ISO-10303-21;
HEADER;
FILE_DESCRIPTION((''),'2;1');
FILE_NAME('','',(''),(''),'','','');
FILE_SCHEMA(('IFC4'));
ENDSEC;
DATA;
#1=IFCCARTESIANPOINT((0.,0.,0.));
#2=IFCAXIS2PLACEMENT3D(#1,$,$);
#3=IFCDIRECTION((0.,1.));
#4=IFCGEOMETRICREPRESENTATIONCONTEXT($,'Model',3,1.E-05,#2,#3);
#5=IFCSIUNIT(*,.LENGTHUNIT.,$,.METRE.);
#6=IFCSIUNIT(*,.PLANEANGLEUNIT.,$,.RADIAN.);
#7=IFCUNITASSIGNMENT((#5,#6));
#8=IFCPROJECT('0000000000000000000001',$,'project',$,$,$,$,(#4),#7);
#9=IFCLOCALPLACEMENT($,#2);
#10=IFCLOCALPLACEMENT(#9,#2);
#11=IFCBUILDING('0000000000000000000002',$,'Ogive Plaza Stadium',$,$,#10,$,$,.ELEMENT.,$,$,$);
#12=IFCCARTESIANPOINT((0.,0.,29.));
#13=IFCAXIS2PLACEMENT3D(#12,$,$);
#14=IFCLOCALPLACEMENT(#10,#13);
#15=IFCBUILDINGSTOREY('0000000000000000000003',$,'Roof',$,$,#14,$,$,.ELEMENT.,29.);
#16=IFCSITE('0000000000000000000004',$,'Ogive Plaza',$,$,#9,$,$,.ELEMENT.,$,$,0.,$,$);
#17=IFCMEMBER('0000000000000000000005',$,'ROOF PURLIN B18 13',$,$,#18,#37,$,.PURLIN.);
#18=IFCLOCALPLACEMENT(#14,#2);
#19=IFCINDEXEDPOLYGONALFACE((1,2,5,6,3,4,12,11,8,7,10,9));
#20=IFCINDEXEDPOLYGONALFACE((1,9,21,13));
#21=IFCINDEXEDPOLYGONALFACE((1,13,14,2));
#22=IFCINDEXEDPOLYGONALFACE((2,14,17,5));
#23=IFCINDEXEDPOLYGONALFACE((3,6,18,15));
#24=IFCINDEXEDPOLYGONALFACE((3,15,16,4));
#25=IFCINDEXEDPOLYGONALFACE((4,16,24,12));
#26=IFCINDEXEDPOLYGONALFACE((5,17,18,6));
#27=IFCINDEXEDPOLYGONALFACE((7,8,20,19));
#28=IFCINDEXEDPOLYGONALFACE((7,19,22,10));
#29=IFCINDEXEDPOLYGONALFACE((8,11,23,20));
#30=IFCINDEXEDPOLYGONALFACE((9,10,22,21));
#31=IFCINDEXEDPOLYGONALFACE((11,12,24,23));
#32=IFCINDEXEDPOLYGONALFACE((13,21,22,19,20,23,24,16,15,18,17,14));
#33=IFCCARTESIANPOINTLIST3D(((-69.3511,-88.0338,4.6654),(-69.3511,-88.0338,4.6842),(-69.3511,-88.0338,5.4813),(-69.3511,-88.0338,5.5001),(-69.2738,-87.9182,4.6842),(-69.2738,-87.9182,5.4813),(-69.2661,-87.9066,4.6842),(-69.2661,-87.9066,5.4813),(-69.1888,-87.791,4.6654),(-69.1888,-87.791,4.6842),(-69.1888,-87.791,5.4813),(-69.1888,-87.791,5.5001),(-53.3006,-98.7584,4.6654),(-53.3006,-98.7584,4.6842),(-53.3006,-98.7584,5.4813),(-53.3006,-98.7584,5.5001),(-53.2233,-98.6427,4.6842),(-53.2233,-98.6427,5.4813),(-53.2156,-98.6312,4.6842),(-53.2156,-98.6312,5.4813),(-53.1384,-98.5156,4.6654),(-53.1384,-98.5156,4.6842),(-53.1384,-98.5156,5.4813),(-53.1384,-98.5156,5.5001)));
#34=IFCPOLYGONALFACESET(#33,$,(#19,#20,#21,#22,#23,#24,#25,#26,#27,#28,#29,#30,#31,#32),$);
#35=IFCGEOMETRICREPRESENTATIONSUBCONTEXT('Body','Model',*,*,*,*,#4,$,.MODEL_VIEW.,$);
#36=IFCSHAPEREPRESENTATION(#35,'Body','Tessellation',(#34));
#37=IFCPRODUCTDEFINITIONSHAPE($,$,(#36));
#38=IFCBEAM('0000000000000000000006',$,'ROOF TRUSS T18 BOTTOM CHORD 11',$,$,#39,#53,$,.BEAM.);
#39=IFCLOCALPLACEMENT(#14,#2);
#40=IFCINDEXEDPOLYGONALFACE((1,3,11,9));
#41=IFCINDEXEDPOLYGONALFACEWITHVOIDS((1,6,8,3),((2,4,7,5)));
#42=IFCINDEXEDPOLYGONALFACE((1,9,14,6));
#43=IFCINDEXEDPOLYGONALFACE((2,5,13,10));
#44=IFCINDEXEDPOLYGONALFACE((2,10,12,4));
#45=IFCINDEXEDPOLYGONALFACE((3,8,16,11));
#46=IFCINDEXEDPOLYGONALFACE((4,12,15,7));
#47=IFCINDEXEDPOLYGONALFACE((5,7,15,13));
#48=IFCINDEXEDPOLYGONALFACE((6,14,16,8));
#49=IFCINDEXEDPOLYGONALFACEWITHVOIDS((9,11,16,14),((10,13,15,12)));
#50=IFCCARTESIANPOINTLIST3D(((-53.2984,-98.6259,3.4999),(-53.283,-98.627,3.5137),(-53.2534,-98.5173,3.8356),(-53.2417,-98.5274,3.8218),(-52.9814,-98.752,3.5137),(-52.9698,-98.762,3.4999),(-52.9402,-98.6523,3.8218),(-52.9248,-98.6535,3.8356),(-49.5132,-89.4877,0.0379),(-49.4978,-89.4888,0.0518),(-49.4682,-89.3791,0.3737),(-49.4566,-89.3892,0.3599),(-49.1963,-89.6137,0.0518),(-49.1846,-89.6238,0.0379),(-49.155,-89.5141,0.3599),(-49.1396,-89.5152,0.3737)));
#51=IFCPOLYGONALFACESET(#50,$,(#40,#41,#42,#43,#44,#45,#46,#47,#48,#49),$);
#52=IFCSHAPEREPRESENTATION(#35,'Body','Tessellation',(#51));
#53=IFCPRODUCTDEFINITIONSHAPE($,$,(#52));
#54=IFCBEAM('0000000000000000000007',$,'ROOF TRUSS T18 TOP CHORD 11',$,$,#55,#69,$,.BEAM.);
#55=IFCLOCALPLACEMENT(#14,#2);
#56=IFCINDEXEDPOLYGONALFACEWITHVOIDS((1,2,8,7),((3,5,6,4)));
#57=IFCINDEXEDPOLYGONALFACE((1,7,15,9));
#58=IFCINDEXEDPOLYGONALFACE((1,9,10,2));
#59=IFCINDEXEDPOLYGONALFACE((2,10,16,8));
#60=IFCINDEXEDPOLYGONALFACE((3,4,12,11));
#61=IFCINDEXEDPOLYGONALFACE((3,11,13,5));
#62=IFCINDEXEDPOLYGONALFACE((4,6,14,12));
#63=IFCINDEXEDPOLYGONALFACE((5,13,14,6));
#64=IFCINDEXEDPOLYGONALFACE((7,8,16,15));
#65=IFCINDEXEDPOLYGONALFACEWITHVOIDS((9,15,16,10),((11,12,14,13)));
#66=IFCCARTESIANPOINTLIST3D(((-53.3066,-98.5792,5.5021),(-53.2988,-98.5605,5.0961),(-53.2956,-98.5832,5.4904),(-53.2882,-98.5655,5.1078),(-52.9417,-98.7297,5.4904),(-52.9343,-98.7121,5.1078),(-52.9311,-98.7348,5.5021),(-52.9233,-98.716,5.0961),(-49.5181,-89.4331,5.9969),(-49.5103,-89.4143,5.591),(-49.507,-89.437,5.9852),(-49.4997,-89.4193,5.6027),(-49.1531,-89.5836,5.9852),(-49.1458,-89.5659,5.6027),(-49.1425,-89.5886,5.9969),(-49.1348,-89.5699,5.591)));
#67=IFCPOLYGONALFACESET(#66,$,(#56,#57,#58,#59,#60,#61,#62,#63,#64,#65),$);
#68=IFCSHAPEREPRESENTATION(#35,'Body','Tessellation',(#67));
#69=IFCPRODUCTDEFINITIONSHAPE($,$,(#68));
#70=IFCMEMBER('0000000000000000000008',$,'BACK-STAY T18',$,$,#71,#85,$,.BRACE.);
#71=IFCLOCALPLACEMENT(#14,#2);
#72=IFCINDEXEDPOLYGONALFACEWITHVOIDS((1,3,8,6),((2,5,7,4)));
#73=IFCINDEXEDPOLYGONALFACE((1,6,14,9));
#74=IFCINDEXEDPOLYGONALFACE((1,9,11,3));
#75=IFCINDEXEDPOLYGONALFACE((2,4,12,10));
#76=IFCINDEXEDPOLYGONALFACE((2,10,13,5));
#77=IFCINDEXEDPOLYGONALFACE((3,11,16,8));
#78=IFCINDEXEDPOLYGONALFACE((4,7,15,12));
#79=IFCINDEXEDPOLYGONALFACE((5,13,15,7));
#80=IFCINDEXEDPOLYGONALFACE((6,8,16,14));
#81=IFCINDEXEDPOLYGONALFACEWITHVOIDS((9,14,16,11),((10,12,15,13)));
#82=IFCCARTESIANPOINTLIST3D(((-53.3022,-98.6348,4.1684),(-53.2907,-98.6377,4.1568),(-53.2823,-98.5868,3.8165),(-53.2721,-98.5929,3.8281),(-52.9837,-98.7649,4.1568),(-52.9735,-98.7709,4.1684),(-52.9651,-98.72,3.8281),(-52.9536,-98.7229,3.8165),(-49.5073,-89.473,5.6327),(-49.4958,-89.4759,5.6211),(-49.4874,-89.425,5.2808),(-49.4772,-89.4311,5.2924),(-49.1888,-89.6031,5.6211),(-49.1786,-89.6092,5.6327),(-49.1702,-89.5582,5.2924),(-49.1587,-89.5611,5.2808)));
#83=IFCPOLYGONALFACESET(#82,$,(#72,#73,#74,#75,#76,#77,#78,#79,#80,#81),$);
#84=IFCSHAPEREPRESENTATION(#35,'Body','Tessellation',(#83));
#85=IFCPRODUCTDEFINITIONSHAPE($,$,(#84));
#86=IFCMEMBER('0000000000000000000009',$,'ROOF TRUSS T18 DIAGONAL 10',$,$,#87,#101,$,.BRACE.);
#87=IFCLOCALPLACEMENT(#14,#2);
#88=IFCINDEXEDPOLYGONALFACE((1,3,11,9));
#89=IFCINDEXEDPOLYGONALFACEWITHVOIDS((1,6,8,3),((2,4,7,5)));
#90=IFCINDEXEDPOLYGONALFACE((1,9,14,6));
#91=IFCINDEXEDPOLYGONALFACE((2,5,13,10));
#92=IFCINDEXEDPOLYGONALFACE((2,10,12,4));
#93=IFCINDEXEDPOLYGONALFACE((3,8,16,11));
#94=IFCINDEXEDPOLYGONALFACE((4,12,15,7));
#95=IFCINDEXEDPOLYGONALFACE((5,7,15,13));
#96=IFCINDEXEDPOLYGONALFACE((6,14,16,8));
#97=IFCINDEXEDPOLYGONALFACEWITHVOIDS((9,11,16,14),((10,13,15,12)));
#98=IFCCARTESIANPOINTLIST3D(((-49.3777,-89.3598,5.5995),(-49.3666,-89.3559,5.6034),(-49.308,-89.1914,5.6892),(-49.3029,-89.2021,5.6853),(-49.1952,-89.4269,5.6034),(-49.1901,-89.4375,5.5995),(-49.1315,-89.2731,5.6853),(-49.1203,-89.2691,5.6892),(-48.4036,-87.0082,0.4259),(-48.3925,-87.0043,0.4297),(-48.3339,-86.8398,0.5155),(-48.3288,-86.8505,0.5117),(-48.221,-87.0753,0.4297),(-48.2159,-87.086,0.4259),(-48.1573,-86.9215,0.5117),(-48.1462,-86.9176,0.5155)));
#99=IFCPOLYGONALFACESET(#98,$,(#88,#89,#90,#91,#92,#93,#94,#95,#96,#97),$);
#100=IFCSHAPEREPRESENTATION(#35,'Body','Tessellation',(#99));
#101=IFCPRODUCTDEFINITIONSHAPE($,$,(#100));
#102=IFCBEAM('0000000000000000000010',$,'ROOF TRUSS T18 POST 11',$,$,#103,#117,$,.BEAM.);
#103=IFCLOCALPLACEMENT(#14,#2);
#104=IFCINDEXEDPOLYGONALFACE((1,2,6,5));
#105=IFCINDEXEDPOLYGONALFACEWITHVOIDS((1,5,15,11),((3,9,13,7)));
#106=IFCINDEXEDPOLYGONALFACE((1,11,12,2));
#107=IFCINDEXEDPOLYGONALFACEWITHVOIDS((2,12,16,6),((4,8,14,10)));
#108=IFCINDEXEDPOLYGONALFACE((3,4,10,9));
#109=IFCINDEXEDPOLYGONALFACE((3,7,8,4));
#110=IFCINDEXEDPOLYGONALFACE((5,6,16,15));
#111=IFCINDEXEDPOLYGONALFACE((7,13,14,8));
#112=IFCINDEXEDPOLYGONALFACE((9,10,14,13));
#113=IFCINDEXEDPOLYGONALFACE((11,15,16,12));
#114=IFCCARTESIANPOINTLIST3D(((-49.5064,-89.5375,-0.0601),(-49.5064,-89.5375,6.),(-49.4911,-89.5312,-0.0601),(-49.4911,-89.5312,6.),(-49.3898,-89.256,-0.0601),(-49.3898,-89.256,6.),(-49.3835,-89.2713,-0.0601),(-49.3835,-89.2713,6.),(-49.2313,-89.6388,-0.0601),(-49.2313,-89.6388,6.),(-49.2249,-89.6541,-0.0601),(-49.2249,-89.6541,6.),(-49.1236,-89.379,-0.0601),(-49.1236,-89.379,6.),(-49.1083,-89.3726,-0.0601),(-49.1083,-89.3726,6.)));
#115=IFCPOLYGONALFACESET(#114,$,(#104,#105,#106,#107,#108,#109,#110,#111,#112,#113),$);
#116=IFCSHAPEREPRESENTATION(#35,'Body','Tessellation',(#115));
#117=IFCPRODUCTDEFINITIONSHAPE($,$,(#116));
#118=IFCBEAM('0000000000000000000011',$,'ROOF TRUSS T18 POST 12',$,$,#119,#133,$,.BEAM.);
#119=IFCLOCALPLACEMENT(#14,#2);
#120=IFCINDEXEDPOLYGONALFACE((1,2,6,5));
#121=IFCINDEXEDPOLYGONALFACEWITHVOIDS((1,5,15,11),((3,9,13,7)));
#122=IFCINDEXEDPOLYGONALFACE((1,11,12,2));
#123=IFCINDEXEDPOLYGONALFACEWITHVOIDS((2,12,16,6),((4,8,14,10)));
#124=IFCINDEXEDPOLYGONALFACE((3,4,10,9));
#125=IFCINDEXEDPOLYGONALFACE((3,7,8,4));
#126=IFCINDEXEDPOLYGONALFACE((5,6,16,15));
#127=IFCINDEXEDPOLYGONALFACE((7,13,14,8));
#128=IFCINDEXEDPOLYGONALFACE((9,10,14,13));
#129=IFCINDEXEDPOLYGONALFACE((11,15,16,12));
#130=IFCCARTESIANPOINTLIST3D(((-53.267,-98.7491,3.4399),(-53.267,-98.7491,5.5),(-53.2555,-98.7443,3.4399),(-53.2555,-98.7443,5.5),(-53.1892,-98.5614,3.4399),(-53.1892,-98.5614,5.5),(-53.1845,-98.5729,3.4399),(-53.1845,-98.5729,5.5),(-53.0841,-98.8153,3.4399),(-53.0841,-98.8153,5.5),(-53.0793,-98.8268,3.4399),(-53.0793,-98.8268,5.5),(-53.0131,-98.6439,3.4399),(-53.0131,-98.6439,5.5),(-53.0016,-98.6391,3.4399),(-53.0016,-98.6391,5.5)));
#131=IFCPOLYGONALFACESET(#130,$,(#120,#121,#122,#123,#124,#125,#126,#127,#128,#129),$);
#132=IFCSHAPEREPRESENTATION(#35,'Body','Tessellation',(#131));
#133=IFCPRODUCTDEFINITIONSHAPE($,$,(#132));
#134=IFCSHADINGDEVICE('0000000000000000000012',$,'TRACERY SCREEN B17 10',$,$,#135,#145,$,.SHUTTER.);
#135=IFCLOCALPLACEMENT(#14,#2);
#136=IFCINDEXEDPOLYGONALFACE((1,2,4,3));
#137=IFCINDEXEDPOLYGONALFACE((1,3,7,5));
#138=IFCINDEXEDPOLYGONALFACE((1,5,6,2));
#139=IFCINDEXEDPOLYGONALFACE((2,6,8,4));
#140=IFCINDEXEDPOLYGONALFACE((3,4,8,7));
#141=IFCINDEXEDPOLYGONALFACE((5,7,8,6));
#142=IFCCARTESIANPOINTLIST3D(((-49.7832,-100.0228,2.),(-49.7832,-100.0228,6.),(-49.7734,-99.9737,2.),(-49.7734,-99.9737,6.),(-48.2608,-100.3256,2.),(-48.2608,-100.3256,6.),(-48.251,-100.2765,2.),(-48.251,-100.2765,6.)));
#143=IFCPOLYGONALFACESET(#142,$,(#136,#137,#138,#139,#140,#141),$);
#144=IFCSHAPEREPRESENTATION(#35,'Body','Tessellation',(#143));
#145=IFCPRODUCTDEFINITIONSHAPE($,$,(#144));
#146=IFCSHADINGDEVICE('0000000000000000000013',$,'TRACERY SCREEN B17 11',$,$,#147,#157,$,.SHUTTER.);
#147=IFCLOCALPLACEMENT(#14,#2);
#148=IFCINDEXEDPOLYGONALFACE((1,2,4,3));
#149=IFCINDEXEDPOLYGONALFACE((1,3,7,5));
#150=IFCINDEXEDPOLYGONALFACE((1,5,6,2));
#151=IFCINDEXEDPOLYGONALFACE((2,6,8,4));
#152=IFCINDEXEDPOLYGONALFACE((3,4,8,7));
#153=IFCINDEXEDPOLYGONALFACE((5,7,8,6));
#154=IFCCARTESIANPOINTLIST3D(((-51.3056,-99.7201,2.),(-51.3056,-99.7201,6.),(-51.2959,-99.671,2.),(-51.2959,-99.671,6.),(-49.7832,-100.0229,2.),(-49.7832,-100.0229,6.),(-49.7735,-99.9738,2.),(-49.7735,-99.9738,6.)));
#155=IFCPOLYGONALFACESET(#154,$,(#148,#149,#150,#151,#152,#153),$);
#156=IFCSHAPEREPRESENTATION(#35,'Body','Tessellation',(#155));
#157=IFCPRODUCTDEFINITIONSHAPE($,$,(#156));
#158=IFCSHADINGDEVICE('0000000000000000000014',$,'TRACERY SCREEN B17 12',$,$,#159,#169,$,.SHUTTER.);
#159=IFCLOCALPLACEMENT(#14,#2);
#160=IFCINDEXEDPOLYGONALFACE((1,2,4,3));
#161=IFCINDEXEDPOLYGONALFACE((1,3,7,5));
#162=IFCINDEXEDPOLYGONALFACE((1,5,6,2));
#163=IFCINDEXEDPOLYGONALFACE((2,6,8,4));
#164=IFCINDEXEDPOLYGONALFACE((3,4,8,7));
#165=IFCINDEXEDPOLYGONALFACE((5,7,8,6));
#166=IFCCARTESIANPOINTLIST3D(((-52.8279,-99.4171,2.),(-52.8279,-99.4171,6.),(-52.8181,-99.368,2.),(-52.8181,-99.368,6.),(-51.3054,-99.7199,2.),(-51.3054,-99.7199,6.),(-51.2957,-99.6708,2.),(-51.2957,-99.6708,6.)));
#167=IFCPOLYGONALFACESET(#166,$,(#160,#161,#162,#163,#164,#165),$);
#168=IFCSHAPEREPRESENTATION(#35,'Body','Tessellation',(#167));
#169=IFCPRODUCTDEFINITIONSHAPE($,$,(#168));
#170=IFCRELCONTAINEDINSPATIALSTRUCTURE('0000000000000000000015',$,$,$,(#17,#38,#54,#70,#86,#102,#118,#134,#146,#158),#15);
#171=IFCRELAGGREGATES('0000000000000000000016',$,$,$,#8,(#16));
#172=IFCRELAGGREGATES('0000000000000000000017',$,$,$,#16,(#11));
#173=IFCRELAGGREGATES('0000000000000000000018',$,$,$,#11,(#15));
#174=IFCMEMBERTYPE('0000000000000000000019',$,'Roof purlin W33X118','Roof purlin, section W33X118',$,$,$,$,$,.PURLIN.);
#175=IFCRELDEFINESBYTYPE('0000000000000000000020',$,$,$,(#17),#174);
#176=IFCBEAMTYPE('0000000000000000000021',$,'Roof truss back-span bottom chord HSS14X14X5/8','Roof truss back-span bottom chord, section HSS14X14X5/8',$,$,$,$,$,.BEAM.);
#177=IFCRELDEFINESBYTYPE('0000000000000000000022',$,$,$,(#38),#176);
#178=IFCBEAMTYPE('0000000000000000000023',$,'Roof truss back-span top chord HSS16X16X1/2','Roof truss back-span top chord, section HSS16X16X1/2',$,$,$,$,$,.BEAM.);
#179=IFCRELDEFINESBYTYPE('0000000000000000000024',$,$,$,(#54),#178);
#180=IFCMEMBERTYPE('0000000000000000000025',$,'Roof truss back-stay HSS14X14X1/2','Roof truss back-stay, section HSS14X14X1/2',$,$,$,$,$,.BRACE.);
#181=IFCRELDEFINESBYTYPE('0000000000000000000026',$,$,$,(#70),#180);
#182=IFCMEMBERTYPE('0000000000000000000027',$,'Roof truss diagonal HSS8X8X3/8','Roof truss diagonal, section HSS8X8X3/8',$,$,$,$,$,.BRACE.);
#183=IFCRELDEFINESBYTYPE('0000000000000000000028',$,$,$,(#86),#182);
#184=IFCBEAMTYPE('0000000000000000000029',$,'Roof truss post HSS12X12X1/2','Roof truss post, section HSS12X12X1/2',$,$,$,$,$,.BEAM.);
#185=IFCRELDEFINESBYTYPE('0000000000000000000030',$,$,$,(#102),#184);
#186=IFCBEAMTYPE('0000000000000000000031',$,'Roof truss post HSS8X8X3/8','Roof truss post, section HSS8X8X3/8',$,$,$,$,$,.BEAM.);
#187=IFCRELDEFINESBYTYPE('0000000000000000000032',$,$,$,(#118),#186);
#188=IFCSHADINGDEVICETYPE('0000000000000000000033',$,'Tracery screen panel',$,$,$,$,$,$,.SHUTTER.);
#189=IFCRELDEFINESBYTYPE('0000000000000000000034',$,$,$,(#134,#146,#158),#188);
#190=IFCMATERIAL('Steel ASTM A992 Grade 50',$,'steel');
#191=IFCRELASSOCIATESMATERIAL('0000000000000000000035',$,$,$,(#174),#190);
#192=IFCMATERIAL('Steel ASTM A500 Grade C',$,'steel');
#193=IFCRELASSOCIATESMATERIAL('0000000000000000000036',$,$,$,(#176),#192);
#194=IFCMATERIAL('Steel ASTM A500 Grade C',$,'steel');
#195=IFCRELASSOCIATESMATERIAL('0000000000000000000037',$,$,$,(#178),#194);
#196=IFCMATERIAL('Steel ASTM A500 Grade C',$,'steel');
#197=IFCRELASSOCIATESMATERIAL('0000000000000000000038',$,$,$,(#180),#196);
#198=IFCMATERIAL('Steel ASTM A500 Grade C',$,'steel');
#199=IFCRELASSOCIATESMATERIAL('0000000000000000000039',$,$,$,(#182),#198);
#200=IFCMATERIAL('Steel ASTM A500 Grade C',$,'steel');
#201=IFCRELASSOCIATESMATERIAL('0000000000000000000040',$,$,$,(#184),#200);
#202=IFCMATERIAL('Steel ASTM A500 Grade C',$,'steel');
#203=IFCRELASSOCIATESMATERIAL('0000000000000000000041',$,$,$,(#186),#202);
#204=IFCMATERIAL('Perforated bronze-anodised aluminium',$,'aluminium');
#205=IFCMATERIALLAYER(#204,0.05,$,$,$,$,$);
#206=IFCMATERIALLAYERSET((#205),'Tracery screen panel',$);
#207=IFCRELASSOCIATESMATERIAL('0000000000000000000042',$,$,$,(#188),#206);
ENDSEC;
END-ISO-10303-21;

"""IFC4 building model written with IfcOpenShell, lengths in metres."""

from ifc_helpers import new_model, si_unit, direction, frame, origin, origin_2d, place, context, subcontext, project, spatial, rectangle, hollow_rectangle, i_section, extrude, material, layer, layer_set, material_profile, profile_set, type_object, element, save


model = new_model("IFC4")

# Units and contexts
model_context = context("Model", 3, precision=1e-05, world=origin(), true_north=direction((0.0, 1.0)))
body_context = subcontext(model_context, "Body", "Model", "MODEL_VIEW")
ifc_project = project(units=[si_unit("LENGTHUNIT", "METRE"), si_unit("PLANEANGLEUNIT", "RADIAN")], contexts=[model_context])

# Site, building, storey
site_placement = place(None, origin())
site = spatial("IfcSite", under=ifc_project, at=site_placement, Name="Ogive Plaza", CompositionType="ELEMENT", RefElevation=0.0)
building_placement = place(site_placement, origin())
building = spatial("IfcBuilding", under=site, at=building_placement, Name="Ogive Plaza Stadium", CompositionType="ELEMENT")
storey_placement = place(building_placement, frame((0.0, 0.0, 29.0)))
storey = spatial("IfcBuildingStorey", under=building, at=storey_placement, Name="Roof", CompositionType="ELEMENT", Elevation=29.0)

# Member
ifc_material_1 = material(Name="Steel ASTM A992 Grade 50", Category="steel")
ifc_material_profile_1 = material_profile(ifc_material_1, i_section(OverallWidth=0.292, OverallDepth=0.8347, WebThickness=0.0139, FlangeThickness=0.0188, at=origin_2d()), Name="W33X118")
ifc_profile_set_1 = profile_set([ifc_material_profile_1], Name="Steel ASTM A992 Grade 50")
member_type_1 = type_object("IfcMemberType", Name="Roof purlin W33X118", Description="Roof purlin, section W33X118", PredefinedType="PURLIN", material=ifc_profile_set_1)
member_1_placement = place(storey_placement, frame((-53.2195, -98.637, 5.0828), z_axis=(-0.83147, 0.55557, 0.0), x_axis=(-0.55557, -0.83147, 0.0)))
element("IfcMember", 1, at=member_1_placement, inside=storey, type_object=member_type_1, Name="ROOF PURLIN B18 13", PredefinedType="PURLIN", context=body_context, shape_type="SweptSolid", body=[
    extrude(i_section(OverallWidth=0.292, OverallDepth=0.8347, WebThickness=0.0139, FlangeThickness=0.0188, at=origin_2d()), origin(), (0.0, 0.0, 1.0), 19.3037),
])

# Beams
ifc_material_2 = material(Name="Steel ASTM A500 Grade C", Category="steel")
ifc_material_profile_2 = material_profile(ifc_material_2, hollow_rectangle(XDim=0.3557, YDim=0.3557, WallThickness=0.0146, at=origin_2d()), Name="HSS14X14X5/8")
ifc_profile_set_2 = profile_set([ifc_material_profile_2], Name="Steel ASTM A500 Grade C")
beam_type_1 = type_object("IfcBeamType", Name="Roof truss back-span bottom chord HSS14X14X5/8", Description="Roof truss back-span bottom chord, section HSS14X14X5/8", PredefinedType="BEAM", material=ifc_profile_set_2)
beam_1_placement = place(storey_placement, frame((-49.3264, -89.5015, 0.2058), z_axis=(-0.361198, -0.872011, 0.330353), x_axis=(0.92388, -0.382683, 0.0)))
element("IfcBeam", 2, at=beam_1_placement, inside=storey, type_object=beam_type_1, Name="ROOF TRUSS T18 BOTTOM CHORD 11", PredefinedType="BEAM", context=body_context, shape_type="SweptSolid", body=[
    extrude(hollow_rectangle(XDim=0.3557, YDim=0.3557, WallThickness=0.0146, at=origin_2d()), origin(), (0.0, 0.0, 1.0), 10.4795),
])
ifc_material_3 = material(Name="Steel ASTM A500 Grade C", Category="steel")
ifc_material_profile_3 = material_profile(ifc_material_3, hollow_rectangle(XDim=0.4065, YDim=0.4065, WallThickness=0.0117, at=origin_2d()), Name="HSS16X16X1/2")
ifc_profile_set_3 = profile_set([ifc_material_profile_3], Name="Steel ASTM A500 Grade C")
beam_type_2 = type_object("IfcBeamType", Name="Roof truss back-span top chord HSS16X16X1/2", Description="Roof truss back-span top chord, section HSS16X16X1/2", PredefinedType="BEAM", material=ifc_profile_set_3)
beam_2_placement = place(storey_placement, frame((-49.3264, -89.5015, 5.7939), z_axis=(-0.382213, -0.922725, -0.049926), x_axis=(0.923877, -0.38269, 0.0)))
element("IfcBeam", 3, at=beam_2_placement, inside=storey, type_object=beam_type_2, Name="ROOF TRUSS T18 TOP CHORD 11", PredefinedType="BEAM", context=body_context, shape_type="SweptSolid", body=[
    extrude(hollow_rectangle(XDim=0.4065, YDim=0.4065, WallThickness=0.0117, at=origin_2d()), origin(), (0.0, 0.0, 1.0), 9.9121),
])

# Members
ifc_material_4 = material(Name="Steel ASTM A500 Grade C", Category="steel")
ifc_material_profile_4 = material_profile(ifc_material_4, hollow_rectangle(XDim=0.3557, YDim=0.3557, WallThickness=0.0117, at=origin_2d()), Name="HSS14X14X1/2")
ifc_profile_set_4 = profile_set([ifc_material_profile_4], Name="Steel ASTM A500 Grade C")
member_type_2 = type_object("IfcMemberType", Name="Roof truss back-stay HSS14X14X1/2", Description="Roof truss back-stay, section HSS14X14X1/2", PredefinedType="BRACE", material=ifc_profile_set_4)
member_2_placement = place(storey_placement, frame((-49.333, -89.5171, 5.4568), z_axis=(-0.378574, -0.91397, -0.146081), x_axis=(0.923881, -0.382679, 0.0)))
element("IfcMember", 4, at=member_2_placement, inside=storey, type_object=member_type_2, Name="BACK-STAY T18", PredefinedType="BRACE", context=body_context, shape_type="SweptSolid", body=[
    extrude(hollow_rectangle(XDim=0.3557, YDim=0.3557, WallThickness=0.0117, at=origin_2d()), origin(), (0.0, 0.0, 1.0), 10.0242),
])
ifc_material_5 = material(Name="Steel ASTM A500 Grade C", Category="steel")
ifc_material_profile_5 = material_profile(ifc_material_5, hollow_rectangle(XDim=0.2031, YDim=0.2031, WallThickness=0.0088, at=origin_2d()), Name="HSS8X8X3/8")
ifc_profile_set_5 = profile_set([ifc_material_profile_5], Name="Steel ASTM A500 Grade C")
member_type_3 = type_object("IfcMemberType", Name="Roof truss diagonal HSS8X8X3/8", Description="Roof truss diagonal, section HSS8X8X3/8", PredefinedType="BRACE", material=ifc_profile_set_5)
member_3_placement = place(storey_placement, frame((-48.2749, -86.9629, 0.4707), z_axis=(-0.168947, -0.407845, 0.897284), x_axis=(0.92387, -0.382708, 0.0)))
element("IfcMember", 5, at=member_3_placement, inside=storey, type_object=member_type_3, Name="ROOF TRUSS T18 DIAGONAL 10", PredefinedType="BRACE", context=body_context, shape_type="SweptSolid", body=[
    extrude(hollow_rectangle(XDim=0.2031, YDim=0.2031, WallThickness=0.0088, at=origin_2d()), origin(), (0.0, 0.0, 1.0), 5.7659),
])

# Beams
ifc_material_6 = material(Name="Steel ASTM A500 Grade C", Category="steel")
ifc_material_profile_6 = material_profile(ifc_material_6, hollow_rectangle(XDim=0.3047, YDim=0.3047, WallThickness=0.0117, at=origin_2d()), Name="HSS12X12X1/2")
ifc_profile_set_6 = profile_set([ifc_material_profile_6], Name="Steel ASTM A500 Grade C")
beam_type_3 = type_object("IfcBeamType", Name="Roof truss post HSS12X12X1/2", Description="Roof truss post, section HSS12X12X1/2", PredefinedType="BEAM", material=ifc_profile_set_6)
beam_3_placement = place(storey_placement, frame((-49.3074, -89.4551, -0.0601), z_axis=(0.0, 0.0, 1.0), x_axis=(0.92388, -0.382683, 0.0)))
element("IfcBeam", 6, at=beam_3_placement, inside=storey, type_object=beam_type_3, Name="ROOF TRUSS T18 POST 11", PredefinedType="BEAM", context=body_context, shape_type="SweptSolid", body=[
    extrude(hollow_rectangle(XDim=0.3047, YDim=0.3047, WallThickness=0.0117, at=origin_2d()), origin(), (0.0, 0.0, 1.0), 6.0601),
])
ifc_material_7 = material(Name="Steel ASTM A500 Grade C", Category="steel")
ifc_material_profile_7 = material_profile(ifc_material_7, hollow_rectangle(XDim=0.2031, YDim=0.2031, WallThickness=0.0088, at=origin_2d()), Name="HSS8X8X3/8")
ifc_profile_set_7 = profile_set([ifc_material_profile_7], Name="Steel ASTM A500 Grade C")
beam_type_4 = type_object("IfcBeamType", Name="Roof truss post HSS8X8X3/8", Description="Roof truss post, section HSS8X8X3/8", PredefinedType="BEAM", material=ifc_profile_set_7)
beam_4_placement = place(storey_placement, frame((-53.1343, -98.6941, 3.4399), z_axis=(0.0, 0.0, 1.0), x_axis=(0.92388, -0.382683, 0.0)))
element("IfcBeam", 7, at=beam_4_placement, inside=storey, type_object=beam_type_4, Name="ROOF TRUSS T18 POST 12", PredefinedType="BEAM", context=body_context, shape_type="SweptSolid", body=[
    extrude(hollow_rectangle(XDim=0.2031, YDim=0.2031, WallThickness=0.0088, at=origin_2d()), origin(), (0.0, 0.0, 1.0), 2.0601),
])

# Shading devices
ifc_material_8 = material(Name="Perforated bronze-anodised aluminium", Category="aluminium")
ifc_layer_1 = layer(ifc_material_8, 0.05)
ifc_layer_set_1 = layer_set([ifc_layer_1], Name="Tracery screen panel")
shading_device_type = type_object("IfcShadingDeviceType", Name="Tracery screen panel", PredefinedType="SHUTTER", material=ifc_layer_set_1)
for number, where, z_axis, x_axis, name in (
    (8, (-49.0171, -100.1497, 2.0), (0.0, 0.0, 1.0), (-0.980785, 0.19509, 0.0), "TRACERY SCREEN B17 10"),
    (9, (-50.5396, -99.8469, 2.0), (0.0, 0.0, 1.0), (-0.980785, 0.19509, 0.0), "TRACERY SCREEN B17 11"),
    (10, (-52.0618, -99.5439, 2.0), (0.0, 0.0, 1.0), (-0.980785, 0.19509, 0.0), "TRACERY SCREEN B17 12"),
):
    element("IfcShadingDevice", number, at=place(storey_placement, frame(where, z_axis=z_axis, x_axis=x_axis)), inside=storey, type_object=shading_device_type, Name=name, PredefinedType="SHUTTER", context=body_context, shape_type="SweptSolid", body=[
        extrude(rectangle(XDim=1.5522, YDim=0.05, at=origin_2d()), origin(), (0.0, 0.0, 1.0), 4.0),
    ])

save(model, "model.ifc")
